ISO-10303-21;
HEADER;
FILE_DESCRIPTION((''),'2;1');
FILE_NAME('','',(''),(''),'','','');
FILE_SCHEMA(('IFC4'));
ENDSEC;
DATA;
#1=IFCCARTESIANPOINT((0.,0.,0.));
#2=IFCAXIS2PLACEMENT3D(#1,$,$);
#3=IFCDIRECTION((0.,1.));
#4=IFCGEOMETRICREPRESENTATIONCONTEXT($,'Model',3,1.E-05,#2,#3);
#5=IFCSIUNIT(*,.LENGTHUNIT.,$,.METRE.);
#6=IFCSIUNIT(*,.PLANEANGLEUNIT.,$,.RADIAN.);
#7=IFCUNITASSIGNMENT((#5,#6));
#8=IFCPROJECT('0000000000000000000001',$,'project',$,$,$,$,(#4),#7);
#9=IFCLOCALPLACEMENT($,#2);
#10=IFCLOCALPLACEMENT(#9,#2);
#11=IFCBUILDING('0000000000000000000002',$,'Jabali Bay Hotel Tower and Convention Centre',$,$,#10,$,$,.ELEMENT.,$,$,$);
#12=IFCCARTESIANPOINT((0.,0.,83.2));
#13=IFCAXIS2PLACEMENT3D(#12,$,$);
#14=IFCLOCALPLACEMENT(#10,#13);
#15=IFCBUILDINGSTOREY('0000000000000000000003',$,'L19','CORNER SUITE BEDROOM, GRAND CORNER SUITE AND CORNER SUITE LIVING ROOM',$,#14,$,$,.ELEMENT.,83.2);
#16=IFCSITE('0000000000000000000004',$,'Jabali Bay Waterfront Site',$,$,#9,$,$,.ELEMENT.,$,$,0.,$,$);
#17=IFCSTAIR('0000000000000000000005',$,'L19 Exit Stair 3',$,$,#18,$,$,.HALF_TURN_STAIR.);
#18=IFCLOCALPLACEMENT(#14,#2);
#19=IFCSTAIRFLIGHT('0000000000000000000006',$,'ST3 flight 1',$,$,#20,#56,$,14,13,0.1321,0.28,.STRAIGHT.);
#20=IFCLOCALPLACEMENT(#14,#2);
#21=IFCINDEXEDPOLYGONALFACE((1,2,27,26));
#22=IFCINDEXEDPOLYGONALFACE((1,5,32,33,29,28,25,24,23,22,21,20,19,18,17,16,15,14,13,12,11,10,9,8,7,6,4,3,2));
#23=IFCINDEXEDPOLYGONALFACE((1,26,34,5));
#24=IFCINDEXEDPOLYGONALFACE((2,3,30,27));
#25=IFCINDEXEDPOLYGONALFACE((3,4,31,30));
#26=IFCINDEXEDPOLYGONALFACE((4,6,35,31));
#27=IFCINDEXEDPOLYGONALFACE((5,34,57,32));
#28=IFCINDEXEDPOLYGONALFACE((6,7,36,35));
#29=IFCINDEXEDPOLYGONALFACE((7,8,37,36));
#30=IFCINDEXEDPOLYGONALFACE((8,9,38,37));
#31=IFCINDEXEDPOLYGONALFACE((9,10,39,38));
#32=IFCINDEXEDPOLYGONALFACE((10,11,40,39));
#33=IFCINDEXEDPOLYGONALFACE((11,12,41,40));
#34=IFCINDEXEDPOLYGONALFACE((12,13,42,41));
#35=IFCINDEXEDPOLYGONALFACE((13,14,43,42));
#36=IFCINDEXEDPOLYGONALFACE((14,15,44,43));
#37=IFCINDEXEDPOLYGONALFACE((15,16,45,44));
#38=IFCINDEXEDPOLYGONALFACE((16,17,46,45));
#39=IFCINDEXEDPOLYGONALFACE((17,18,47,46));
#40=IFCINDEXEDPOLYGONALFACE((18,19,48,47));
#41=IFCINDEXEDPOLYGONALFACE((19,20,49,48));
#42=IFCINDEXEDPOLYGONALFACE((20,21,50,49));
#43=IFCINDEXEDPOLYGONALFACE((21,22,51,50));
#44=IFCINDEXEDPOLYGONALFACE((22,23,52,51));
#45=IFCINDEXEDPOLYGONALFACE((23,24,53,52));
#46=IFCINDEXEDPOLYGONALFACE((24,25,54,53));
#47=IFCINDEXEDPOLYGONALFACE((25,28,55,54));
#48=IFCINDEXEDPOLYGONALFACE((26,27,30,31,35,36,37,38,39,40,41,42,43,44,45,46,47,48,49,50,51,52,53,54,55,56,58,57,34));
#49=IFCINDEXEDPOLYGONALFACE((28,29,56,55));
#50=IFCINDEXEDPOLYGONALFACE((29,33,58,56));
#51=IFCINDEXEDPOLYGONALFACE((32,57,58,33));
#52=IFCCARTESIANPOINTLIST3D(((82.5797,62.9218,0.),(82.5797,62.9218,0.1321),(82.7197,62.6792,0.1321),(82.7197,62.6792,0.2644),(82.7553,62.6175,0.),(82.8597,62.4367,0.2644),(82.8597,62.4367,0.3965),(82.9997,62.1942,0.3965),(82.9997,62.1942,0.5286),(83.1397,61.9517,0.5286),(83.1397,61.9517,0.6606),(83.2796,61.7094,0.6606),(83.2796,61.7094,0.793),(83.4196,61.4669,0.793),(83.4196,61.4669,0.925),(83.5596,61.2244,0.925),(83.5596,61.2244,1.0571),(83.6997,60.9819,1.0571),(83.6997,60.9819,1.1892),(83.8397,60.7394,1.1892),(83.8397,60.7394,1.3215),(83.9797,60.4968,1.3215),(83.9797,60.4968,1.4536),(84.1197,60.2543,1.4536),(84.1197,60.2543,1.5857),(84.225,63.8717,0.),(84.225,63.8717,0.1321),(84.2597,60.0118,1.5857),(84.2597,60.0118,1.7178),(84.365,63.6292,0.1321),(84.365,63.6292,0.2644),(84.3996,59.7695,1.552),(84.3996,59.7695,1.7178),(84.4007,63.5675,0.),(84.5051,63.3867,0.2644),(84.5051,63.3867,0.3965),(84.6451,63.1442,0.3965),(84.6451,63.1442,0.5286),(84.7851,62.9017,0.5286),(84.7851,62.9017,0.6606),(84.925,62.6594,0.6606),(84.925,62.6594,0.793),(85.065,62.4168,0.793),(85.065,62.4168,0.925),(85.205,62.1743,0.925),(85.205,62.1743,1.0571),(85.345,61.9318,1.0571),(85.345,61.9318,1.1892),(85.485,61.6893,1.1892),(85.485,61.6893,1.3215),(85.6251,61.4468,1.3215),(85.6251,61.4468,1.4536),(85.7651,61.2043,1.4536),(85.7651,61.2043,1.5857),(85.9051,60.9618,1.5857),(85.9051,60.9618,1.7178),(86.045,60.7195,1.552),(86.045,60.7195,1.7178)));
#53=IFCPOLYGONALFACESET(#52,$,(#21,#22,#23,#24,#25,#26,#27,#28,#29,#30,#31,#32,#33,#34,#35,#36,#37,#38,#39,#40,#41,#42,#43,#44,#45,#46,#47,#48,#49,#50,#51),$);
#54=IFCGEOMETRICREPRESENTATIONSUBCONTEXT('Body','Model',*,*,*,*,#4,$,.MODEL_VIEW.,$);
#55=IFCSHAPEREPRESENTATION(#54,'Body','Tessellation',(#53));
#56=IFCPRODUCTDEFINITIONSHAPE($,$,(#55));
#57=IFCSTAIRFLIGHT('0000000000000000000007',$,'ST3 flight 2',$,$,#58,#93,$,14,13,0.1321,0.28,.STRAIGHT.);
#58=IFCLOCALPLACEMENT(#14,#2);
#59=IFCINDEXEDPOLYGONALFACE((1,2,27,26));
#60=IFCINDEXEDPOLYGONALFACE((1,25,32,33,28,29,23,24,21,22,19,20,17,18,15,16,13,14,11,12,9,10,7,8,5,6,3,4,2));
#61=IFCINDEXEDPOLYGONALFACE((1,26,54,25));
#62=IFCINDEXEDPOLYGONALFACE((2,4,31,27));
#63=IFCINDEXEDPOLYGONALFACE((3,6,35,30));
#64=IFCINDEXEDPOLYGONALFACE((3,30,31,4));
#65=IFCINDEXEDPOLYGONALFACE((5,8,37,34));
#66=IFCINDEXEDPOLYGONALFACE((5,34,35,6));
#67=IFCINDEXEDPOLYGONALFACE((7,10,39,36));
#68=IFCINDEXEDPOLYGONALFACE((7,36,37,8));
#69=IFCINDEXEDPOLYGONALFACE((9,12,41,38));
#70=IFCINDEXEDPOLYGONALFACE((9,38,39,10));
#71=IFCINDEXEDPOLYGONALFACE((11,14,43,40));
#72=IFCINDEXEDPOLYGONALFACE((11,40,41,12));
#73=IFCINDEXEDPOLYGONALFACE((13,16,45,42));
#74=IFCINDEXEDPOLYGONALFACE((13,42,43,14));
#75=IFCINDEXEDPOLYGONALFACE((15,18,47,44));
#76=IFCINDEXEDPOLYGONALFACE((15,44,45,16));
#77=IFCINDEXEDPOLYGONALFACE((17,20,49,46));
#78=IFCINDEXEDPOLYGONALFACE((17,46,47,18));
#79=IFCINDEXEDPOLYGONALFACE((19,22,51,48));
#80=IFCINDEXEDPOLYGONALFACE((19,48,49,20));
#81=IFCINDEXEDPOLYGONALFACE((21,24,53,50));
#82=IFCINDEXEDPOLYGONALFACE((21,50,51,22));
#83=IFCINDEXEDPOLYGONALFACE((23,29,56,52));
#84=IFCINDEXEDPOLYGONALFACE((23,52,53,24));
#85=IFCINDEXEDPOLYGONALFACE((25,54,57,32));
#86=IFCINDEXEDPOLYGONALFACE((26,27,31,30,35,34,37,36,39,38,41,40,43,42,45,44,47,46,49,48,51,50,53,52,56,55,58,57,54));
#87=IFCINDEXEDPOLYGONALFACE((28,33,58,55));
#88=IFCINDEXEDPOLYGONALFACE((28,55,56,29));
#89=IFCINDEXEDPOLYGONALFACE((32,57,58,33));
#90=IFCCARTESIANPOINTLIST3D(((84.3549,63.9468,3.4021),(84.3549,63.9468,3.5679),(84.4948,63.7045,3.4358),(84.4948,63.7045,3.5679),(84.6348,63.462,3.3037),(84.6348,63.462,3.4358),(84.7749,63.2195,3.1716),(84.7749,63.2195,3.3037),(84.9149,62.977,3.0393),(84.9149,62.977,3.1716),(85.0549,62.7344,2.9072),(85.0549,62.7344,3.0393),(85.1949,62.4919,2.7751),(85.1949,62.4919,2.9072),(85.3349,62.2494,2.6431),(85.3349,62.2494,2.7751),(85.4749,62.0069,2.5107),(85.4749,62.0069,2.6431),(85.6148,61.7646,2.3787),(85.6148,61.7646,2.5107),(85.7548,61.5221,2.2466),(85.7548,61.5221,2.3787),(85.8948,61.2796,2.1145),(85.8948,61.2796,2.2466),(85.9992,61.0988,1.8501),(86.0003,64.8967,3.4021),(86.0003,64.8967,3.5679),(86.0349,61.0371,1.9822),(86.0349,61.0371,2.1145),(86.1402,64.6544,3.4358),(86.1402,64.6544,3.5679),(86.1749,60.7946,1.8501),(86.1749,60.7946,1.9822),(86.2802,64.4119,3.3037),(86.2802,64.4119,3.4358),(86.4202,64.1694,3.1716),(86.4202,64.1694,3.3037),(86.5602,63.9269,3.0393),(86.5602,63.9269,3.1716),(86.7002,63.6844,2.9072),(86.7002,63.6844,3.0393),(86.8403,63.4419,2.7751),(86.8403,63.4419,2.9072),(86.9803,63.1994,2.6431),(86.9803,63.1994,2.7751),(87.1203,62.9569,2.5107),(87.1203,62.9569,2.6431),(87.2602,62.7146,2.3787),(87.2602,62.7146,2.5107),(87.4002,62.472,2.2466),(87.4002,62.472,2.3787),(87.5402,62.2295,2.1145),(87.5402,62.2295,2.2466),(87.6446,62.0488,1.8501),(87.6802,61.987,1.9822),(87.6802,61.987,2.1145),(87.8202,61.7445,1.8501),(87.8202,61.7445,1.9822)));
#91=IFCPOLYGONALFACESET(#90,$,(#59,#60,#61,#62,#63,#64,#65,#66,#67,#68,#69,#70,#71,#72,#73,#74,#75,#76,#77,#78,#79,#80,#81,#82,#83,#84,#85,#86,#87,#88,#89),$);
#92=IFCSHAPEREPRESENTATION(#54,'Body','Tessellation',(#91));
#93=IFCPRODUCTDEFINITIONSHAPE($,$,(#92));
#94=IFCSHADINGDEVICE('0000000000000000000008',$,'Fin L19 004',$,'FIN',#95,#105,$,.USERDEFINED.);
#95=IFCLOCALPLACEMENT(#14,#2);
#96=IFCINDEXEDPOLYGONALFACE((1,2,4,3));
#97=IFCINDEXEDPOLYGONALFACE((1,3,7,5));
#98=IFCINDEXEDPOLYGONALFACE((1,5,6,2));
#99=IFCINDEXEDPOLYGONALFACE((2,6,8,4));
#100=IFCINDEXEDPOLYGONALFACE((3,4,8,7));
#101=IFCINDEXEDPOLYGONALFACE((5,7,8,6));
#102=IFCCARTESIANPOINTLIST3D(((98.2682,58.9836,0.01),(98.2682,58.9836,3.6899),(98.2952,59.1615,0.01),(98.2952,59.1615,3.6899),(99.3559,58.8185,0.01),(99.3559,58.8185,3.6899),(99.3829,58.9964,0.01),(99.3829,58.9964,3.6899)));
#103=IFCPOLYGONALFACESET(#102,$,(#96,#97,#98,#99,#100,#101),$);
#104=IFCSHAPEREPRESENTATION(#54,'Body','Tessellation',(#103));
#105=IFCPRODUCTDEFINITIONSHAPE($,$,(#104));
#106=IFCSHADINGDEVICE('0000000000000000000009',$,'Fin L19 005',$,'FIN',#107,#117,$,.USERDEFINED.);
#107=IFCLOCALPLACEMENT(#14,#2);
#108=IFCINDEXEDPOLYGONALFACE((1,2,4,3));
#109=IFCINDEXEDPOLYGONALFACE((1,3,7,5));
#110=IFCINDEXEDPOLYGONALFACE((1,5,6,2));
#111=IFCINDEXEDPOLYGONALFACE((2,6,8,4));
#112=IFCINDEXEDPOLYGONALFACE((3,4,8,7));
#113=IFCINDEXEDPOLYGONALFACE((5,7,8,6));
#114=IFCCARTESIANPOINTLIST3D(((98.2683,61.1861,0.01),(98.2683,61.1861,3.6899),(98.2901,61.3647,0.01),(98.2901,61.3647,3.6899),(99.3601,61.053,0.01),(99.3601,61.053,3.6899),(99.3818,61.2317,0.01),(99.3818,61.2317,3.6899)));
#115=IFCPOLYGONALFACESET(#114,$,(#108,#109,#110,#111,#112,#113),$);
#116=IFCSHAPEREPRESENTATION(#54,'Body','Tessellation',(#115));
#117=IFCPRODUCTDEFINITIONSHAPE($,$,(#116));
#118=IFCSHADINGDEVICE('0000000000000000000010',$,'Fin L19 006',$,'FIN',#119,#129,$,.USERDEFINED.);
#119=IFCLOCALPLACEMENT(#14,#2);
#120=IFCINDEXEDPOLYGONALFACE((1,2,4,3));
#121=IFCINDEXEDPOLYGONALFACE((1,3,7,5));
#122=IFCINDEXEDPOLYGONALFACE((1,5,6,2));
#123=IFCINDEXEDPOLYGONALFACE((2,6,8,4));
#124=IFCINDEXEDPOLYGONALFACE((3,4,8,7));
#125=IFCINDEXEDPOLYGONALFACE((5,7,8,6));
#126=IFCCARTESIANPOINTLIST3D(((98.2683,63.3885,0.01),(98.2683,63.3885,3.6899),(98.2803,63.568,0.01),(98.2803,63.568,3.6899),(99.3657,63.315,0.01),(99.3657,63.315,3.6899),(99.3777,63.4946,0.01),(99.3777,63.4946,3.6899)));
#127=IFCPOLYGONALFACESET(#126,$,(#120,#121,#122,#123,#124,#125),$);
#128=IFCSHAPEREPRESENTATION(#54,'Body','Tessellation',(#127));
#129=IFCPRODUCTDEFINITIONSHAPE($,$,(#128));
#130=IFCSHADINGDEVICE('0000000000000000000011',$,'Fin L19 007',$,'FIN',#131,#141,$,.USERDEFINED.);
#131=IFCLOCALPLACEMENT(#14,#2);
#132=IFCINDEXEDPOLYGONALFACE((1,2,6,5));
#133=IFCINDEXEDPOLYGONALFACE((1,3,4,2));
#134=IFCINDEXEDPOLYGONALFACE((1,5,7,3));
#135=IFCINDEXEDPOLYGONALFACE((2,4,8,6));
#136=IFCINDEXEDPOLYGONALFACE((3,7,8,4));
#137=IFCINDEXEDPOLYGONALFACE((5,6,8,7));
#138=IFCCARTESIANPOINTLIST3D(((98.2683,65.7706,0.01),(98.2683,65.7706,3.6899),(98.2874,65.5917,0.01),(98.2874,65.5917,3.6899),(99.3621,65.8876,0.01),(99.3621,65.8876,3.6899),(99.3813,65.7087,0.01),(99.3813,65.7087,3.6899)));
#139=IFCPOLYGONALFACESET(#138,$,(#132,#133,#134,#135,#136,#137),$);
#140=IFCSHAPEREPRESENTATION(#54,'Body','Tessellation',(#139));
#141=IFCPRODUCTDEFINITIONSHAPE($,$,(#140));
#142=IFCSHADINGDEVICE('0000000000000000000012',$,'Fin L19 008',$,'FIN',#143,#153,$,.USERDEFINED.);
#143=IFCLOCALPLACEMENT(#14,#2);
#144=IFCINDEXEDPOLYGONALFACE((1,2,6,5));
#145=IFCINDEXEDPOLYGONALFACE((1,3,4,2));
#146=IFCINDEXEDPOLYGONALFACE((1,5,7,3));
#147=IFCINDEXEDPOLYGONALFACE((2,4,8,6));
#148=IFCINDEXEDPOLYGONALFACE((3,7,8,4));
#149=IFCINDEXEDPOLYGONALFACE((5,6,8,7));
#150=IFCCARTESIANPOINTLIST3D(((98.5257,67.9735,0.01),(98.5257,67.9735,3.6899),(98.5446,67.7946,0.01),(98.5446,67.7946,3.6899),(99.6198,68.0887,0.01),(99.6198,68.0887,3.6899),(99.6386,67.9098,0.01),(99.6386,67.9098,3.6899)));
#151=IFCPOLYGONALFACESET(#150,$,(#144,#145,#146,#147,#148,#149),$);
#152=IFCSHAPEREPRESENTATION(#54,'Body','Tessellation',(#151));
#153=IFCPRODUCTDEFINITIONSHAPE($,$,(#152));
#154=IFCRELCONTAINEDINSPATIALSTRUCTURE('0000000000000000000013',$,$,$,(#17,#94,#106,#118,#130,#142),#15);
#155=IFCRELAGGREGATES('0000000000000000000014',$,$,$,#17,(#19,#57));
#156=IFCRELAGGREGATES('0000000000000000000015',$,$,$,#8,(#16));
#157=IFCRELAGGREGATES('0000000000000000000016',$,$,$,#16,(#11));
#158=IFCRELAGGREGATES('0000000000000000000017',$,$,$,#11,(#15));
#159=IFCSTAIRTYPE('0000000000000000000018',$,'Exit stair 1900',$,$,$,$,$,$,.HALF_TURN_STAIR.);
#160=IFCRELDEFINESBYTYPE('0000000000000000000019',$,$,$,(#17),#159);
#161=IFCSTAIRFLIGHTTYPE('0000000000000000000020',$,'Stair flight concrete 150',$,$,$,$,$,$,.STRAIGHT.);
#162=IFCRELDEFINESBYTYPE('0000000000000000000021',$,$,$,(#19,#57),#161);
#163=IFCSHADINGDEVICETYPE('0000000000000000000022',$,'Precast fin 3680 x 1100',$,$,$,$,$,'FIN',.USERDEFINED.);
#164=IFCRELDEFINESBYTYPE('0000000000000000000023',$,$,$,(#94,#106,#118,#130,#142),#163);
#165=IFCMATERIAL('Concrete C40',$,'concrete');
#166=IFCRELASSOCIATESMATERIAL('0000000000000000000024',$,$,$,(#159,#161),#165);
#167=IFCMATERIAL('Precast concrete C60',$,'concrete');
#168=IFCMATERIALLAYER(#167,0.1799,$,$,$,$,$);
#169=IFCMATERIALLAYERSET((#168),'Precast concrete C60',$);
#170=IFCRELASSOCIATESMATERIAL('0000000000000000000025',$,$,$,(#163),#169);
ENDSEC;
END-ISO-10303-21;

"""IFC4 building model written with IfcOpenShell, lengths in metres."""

from ifc_helpers import new_model, si_unit, direction, frame, frame_2d, origin, place, context, subcontext, project, spatial, polyline, rectangle, outline, extrude, material, layer, layer_set, type_object, element, aggregate, save


model = new_model("IFC4")

# Units and contexts
model_context = context("Model", 3, precision=1e-05, world=origin(), true_north=direction((0.0, 1.0)))
body_context = subcontext(model_context, "Body", "Model", "MODEL_VIEW")
ifc_project = project(units=[si_unit("LENGTHUNIT", "METRE"), si_unit("PLANEANGLEUNIT", "RADIAN")], contexts=[model_context])

# Site, building, storey
site_placement = place(None, origin())
site = spatial("IfcSite", under=ifc_project, at=site_placement, Name="Jabali Bay Waterfront Site", CompositionType="ELEMENT", RefElevation=0.0)
building_placement = place(site_placement, origin())
building = spatial("IfcBuilding", under=site, at=building_placement, Name="Jabali Bay Hotel Tower and Convention Centre", CompositionType="ELEMENT")
storey_placement = place(building_placement, frame((0.0, 0.0, 83.2)))
storey = spatial("IfcBuildingStorey", under=building, at=storey_placement, Name="L19", Description="CORNER SUITE BEDROOM, GRAND CORNER SUITE AND CORNER SUITE LIVING ROOM", CompositionType="ELEMENT", Elevation=83.2)

# Shared definitions
ifc_material_1 = material(Name="Concrete C40", Category="concrete")

# Stair, stair flights
stair_type = type_object("IfcStairType", Name="Exit stair 1900", PredefinedType="HALF_TURN_STAIR", material=ifc_material_1)
stair_placement = place(storey_placement, origin())
stair = element("IfcStair", 1, at=stair_placement, inside=storey, type_object=stair_type, Name="L19 Exit Stair 3", PredefinedType="HALF_TURN_STAIR")
stair_flight_type = type_object("IfcStairFlightType", Name="Stair flight concrete 150", PredefinedType="STRAIGHT", material=ifc_material_1)
stair_flight_1_placement = place(storey_placement, frame((83.4023, 63.3967, 0.0), z_axis=(0.0, 0.0, 1.0), x_axis=(0.5, -0.866025, 0.0)))
stair_flight_1 = element("IfcStairFlight", 2, at=stair_flight_1_placement, type_object=stair_flight_type, Name="ST3 flight 1", NumberOfRisers=14, NumberOfTreads=13, PredefinedType="STRAIGHT", RiserHeight=0.1321, TreadLength=0.28, context=body_context, shape_type="SweptSolid", body=[
    extrude(outline(polyline([(0.0, 0.0), (0.0, 0.1321), (0.28, 0.1321), (0.28, 0.2644), (0.5601, 0.2644), (0.5601, 0.3965), (0.8401, 0.3965), (0.8401, 0.5286), (1.1201, 0.5286), (1.1201, 0.6606), (1.3999, 0.6606), (1.3999, 0.793), (1.6799, 0.793), (1.6799, 0.925), (1.96, 0.925), (1.96, 1.0571), (2.24, 1.0571), (2.24, 1.1892), (2.52, 1.1892), (2.52, 1.3215), (2.8, 1.3215), (2.8, 1.4536), (3.0801, 1.4536), (3.0801, 1.5857), (3.3601, 1.5857), (3.3601, 1.7178), (3.6399, 1.7178), (3.6399, 1.8501), (3.6399, 1.552), (0.3513, 0.0), (0.0, 0.0)])), frame((0.0, 0.95, 0.0), z_axis=(0.0, -1.0, 0.0), x_axis=(1.0, 0.0, 0.0)), (0.0, 0.0, 1.0), 1.8999),
])
stair_flight_2_placement = place(storey_placement, frame((86.9976, 61.2695, 1.8501), z_axis=(0.0, 0.0, 1.0), x_axis=(-0.5, 0.866025, 0.0)))
stair_flight_2 = element("IfcStairFlight", 3, at=stair_flight_2_placement, type_object=stair_flight_type, Name="ST3 flight 2", NumberOfRisers=14, NumberOfTreads=13, PredefinedType="STRAIGHT", RiserHeight=0.1321, TreadLength=0.28, context=body_context, shape_type="SweptSolid", body=[
    extrude(outline(polyline([(0.0, 0.0), (0.0, 0.1321), (0.28, 0.1321), (0.28, 0.2644), (0.5601, 0.2644), (0.5601, 0.3965), (0.8401, 0.3965), (0.8401, 0.5286), (1.1201, 0.5286), (1.1201, 0.6606), (1.3999, 0.6606), (1.3999, 0.793), (1.6799, 0.793), (1.6799, 0.925), (1.96, 0.925), (1.96, 1.0571), (2.24, 1.0571), (2.24, 1.1892), (2.52, 1.1892), (2.52, 1.3215), (2.8, 1.3215), (2.8, 1.4536), (3.0801, 1.4536), (3.0801, 1.5857), (3.3601, 1.5857), (3.3601, 1.7178), (3.6399, 1.7178), (3.6399, 1.8501), (3.6399, 1.552), (0.3513, 0.0), (0.0, 0.0)])), frame((0.0, 0.95, 0.0), z_axis=(0.0, -1.0, 0.0), x_axis=(1.0, 0.0, 0.0)), (0.0, 0.0, 1.0), 1.8999),
])
aggregate(stair, [stair_flight_1, stair_flight_2])

# Shading devices
ifc_material_2 = material(Name="Precast concrete C60", Category="concrete")
ifc_layer_1 = layer(ifc_material_2, 0.1799)
ifc_layer_set_1 = layer_set([ifc_layer_1], Name="Precast concrete C60")
shading_device_type = type_object("IfcShadingDeviceType", Name="Precast fin 3680 x 1100", ElementType="FIN", PredefinedType="USERDEFINED", material=ifc_layer_set_1)
shading_device_placement = place(storey_placement, frame((98.2817, 59.0725, 0.01), z_axis=(0.0, 0.0, 1.0), x_axis=(0.988683, -0.150022, 0.0)))
element("IfcShadingDevice", 4, at=shading_device_placement, inside=storey, type_object=shading_device_type, Name="Fin L19 004", ObjectType="FIN", PredefinedType="USERDEFINED", context=body_context, shape_type="SweptSolid", body=[
    extrude(rectangle(XDim=1.1001, YDim=0.1799, at=frame_2d((0.55, 0.0))), origin(), (0.0, 0.0, 1.0), 3.6799),
])
for number, where, z_axis, x_axis, name in (
    (5, (98.2793, 61.2754, 0.01), (0.0, 0.0, 1.0), (0.992656, -0.120974, 0.0), "Fin L19 005"),
    (6, (98.2744, 63.4783, 0.01), (0.0, 0.0, 1.0), (0.997765, -0.066814, 0.0), "Fin L19 006"),
):
    element("IfcShadingDevice", number, at=place(storey_placement, frame(where, z_axis=z_axis, x_axis=x_axis)), inside=storey, type_object=shading_device_type, Name=name, ObjectType="FIN", PredefinedType="USERDEFINED", context=body_context, shape_type="SweptSolid", body=[
        extrude(rectangle(XDim=1.0999, YDim=0.1799, at=frame_2d((0.5498, 0.0))), origin(), (0.0, 0.0, 1.0), 3.6799),
    ])
for number, where, z_axis, x_axis, name in (
    (7, (98.2778, 65.6812, 0.01), (0.0, 0.0, 1.0), (0.994333, 0.106314, 0.0), "Fin L19 007"),
    (8, (98.5352, 67.884, 0.01), (0.0, 0.0, 1.0), (0.994498, 0.104754, 0.0), "Fin L19 008"),
):
    element("IfcShadingDevice", number, at=place(storey_placement, frame(where, z_axis=z_axis, x_axis=x_axis)), inside=storey, type_object=shading_device_type, Name=name, ObjectType="FIN", PredefinedType="USERDEFINED", context=body_context, shape_type="SweptSolid", body=[
        extrude(rectangle(XDim=1.1001, YDim=0.1799, at=frame_2d((0.55, 0.0))), origin(), (0.0, 0.0, 1.0), 3.6799),
    ])

save(model, "model.ifc")
